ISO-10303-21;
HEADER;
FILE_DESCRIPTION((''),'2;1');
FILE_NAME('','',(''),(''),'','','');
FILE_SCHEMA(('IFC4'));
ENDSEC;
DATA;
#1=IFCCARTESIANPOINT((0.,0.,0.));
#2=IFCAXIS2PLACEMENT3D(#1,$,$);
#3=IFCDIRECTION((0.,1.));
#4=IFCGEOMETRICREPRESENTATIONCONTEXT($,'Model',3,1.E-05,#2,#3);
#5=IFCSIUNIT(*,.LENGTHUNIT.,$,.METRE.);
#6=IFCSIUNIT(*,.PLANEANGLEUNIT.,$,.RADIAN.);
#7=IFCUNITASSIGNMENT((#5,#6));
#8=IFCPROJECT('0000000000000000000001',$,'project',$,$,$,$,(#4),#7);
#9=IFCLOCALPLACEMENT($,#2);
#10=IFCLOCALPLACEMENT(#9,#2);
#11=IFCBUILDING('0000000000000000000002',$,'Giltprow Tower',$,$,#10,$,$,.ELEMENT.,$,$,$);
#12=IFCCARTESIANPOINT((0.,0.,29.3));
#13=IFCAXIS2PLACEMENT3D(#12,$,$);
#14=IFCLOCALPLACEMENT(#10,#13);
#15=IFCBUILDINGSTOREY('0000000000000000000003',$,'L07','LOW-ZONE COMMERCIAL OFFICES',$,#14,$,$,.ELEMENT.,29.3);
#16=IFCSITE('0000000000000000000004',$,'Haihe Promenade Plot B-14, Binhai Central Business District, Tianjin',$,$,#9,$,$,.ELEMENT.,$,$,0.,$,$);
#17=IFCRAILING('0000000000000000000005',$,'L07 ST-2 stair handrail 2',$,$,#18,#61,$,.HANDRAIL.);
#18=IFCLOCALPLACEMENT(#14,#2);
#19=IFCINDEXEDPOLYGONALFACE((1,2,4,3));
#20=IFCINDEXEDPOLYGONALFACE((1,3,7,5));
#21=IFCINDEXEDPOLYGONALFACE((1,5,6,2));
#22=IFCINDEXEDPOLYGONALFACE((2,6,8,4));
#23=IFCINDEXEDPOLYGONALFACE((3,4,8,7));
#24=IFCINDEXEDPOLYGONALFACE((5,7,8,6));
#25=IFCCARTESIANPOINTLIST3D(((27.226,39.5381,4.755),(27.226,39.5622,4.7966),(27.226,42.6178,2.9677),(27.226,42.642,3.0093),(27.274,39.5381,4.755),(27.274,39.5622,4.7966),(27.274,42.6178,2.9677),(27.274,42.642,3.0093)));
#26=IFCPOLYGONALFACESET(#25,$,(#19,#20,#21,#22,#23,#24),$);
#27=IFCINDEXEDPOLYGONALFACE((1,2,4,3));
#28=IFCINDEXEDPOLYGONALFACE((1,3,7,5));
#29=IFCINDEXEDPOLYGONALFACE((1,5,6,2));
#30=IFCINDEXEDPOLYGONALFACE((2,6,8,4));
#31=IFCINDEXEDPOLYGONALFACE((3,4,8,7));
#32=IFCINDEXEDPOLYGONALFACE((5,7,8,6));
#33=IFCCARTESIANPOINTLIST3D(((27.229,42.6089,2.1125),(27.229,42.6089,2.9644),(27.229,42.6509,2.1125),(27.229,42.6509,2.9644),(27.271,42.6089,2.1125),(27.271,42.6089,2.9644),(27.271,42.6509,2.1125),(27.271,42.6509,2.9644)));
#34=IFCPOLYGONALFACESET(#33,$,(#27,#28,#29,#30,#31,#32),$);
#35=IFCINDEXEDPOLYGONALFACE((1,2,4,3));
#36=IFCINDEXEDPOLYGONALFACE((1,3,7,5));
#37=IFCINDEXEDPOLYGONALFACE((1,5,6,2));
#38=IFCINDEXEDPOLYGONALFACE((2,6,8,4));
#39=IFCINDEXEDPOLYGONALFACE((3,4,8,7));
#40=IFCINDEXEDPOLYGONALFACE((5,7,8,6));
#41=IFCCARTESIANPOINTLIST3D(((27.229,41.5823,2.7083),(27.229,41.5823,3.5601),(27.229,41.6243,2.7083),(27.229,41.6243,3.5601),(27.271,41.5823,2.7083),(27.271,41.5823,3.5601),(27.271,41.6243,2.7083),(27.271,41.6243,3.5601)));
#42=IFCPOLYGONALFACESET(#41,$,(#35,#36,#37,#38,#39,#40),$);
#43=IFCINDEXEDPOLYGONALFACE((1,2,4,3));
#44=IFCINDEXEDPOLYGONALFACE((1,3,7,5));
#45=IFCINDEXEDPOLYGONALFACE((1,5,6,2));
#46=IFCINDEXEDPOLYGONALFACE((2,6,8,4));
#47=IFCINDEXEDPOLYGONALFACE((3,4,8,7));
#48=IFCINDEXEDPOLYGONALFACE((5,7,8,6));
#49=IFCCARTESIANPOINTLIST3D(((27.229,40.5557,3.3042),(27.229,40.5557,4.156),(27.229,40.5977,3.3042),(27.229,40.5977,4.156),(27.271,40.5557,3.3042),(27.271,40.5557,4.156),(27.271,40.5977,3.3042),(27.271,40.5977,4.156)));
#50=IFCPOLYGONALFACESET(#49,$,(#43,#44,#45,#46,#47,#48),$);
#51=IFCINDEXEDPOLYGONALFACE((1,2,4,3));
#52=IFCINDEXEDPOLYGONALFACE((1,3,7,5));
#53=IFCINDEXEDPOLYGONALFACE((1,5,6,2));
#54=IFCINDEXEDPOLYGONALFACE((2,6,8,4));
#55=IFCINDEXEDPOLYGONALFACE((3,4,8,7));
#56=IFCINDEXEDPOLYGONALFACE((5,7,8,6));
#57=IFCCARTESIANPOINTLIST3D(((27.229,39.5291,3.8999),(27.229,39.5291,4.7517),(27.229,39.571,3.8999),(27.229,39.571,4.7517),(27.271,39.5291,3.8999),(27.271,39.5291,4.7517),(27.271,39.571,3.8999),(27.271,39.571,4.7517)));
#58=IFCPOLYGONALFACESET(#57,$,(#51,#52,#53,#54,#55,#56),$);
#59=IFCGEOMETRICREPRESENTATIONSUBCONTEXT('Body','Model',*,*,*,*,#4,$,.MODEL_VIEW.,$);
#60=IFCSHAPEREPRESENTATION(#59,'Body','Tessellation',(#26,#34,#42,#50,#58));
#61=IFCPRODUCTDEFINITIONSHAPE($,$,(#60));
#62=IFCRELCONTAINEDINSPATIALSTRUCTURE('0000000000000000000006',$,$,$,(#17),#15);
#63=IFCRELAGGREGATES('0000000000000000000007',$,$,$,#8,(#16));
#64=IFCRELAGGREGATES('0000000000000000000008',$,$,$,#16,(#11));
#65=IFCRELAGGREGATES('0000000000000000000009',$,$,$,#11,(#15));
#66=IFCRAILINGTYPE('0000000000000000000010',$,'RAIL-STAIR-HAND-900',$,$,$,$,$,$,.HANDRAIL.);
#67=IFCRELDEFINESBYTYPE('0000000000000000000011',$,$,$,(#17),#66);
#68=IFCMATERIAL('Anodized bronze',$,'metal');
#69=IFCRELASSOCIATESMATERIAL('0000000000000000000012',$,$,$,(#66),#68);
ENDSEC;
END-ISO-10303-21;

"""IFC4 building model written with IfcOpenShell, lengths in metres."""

from ifc_helpers import new_model, si_unit, direction, frame, origin, origin_2d, place, context, subcontext, project, spatial, rectangle, extrude, material, type_object, element, save


model = new_model("IFC4")

# Units and contexts
model_context = context("Model", 3, precision=1e-05, world=origin(), true_north=direction((0.0, 1.0)))
body_context = subcontext(model_context, "Body", "Model", "MODEL_VIEW")
ifc_project = project(units=[si_unit("LENGTHUNIT", "METRE"), si_unit("PLANEANGLEUNIT", "RADIAN")], contexts=[model_context])

# Site, building, storey
site_placement = place(None, origin())
site = spatial("IfcSite", under=ifc_project, at=site_placement, Name="Haihe Promenade Plot B-14, Binhai Central Business District, Tianjin", CompositionType="ELEMENT", RefElevation=0.0)
building_placement = place(site_placement, origin())
building = spatial("IfcBuilding", under=site, at=building_placement, Name="Giltprow Tower", CompositionType="ELEMENT")
storey_placement = place(building_placement, frame((0.0, 0.0, 29.3)))
storey = spatial("IfcBuildingStorey", under=building, at=storey_placement, Name="L07", Description="LOW-ZONE COMMERCIAL OFFICES", CompositionType="ELEMENT", Elevation=29.3)

# Railing
ifc_material_1 = material(Name="Anodized bronze", Category="metal")
railing_type_1 = type_object("IfcRailingType", Name="RAIL-STAIR-HAND-900", PredefinedType="HANDRAIL", material=ifc_material_1)
railing_1_placement = place(storey_placement, frame((27.25, 42.6299, 2.1125)))
element("IfcRailing", 1, at=railing_1_placement, inside=storey, type_object=railing_type_1, Name="L07 ST-2 stair handrail 2", PredefinedType="HANDRAIL", context=body_context, shape_type="SweptSolid", body=[
    extrude(rectangle(XDim=0.0481, YDim=0.0481, at=origin_2d()), frame((0.0, 0.0, 0.876), z_axis=(0.0, -0.864903, 0.501939), x_axis=(1.0, 0.0, 0.0)), (0.0, 0.0, 1.0), 3.5608),
    extrude(rectangle(XDim=0.042, YDim=0.042, at=origin_2d()), origin(), (0.0, 0.0, 1.0), 0.8518),
    extrude(rectangle(XDim=0.042, YDim=0.042, at=origin_2d()), frame((0.0, -1.0266, 0.5957)), (0.0, 0.0, 1.0), 0.8518),
    extrude(rectangle(XDim=0.042, YDim=0.042, at=origin_2d()), frame((0.0, -2.0532, 1.1917)), (0.0, 0.0, 1.0), 0.8518),
    extrude(rectangle(XDim=0.042, YDim=0.042, at=origin_2d()), frame((0.0, -3.0798, 1.7874)), (0.0, 0.0, 1.0), 0.8518),
])

save(model, "model.ifc")
